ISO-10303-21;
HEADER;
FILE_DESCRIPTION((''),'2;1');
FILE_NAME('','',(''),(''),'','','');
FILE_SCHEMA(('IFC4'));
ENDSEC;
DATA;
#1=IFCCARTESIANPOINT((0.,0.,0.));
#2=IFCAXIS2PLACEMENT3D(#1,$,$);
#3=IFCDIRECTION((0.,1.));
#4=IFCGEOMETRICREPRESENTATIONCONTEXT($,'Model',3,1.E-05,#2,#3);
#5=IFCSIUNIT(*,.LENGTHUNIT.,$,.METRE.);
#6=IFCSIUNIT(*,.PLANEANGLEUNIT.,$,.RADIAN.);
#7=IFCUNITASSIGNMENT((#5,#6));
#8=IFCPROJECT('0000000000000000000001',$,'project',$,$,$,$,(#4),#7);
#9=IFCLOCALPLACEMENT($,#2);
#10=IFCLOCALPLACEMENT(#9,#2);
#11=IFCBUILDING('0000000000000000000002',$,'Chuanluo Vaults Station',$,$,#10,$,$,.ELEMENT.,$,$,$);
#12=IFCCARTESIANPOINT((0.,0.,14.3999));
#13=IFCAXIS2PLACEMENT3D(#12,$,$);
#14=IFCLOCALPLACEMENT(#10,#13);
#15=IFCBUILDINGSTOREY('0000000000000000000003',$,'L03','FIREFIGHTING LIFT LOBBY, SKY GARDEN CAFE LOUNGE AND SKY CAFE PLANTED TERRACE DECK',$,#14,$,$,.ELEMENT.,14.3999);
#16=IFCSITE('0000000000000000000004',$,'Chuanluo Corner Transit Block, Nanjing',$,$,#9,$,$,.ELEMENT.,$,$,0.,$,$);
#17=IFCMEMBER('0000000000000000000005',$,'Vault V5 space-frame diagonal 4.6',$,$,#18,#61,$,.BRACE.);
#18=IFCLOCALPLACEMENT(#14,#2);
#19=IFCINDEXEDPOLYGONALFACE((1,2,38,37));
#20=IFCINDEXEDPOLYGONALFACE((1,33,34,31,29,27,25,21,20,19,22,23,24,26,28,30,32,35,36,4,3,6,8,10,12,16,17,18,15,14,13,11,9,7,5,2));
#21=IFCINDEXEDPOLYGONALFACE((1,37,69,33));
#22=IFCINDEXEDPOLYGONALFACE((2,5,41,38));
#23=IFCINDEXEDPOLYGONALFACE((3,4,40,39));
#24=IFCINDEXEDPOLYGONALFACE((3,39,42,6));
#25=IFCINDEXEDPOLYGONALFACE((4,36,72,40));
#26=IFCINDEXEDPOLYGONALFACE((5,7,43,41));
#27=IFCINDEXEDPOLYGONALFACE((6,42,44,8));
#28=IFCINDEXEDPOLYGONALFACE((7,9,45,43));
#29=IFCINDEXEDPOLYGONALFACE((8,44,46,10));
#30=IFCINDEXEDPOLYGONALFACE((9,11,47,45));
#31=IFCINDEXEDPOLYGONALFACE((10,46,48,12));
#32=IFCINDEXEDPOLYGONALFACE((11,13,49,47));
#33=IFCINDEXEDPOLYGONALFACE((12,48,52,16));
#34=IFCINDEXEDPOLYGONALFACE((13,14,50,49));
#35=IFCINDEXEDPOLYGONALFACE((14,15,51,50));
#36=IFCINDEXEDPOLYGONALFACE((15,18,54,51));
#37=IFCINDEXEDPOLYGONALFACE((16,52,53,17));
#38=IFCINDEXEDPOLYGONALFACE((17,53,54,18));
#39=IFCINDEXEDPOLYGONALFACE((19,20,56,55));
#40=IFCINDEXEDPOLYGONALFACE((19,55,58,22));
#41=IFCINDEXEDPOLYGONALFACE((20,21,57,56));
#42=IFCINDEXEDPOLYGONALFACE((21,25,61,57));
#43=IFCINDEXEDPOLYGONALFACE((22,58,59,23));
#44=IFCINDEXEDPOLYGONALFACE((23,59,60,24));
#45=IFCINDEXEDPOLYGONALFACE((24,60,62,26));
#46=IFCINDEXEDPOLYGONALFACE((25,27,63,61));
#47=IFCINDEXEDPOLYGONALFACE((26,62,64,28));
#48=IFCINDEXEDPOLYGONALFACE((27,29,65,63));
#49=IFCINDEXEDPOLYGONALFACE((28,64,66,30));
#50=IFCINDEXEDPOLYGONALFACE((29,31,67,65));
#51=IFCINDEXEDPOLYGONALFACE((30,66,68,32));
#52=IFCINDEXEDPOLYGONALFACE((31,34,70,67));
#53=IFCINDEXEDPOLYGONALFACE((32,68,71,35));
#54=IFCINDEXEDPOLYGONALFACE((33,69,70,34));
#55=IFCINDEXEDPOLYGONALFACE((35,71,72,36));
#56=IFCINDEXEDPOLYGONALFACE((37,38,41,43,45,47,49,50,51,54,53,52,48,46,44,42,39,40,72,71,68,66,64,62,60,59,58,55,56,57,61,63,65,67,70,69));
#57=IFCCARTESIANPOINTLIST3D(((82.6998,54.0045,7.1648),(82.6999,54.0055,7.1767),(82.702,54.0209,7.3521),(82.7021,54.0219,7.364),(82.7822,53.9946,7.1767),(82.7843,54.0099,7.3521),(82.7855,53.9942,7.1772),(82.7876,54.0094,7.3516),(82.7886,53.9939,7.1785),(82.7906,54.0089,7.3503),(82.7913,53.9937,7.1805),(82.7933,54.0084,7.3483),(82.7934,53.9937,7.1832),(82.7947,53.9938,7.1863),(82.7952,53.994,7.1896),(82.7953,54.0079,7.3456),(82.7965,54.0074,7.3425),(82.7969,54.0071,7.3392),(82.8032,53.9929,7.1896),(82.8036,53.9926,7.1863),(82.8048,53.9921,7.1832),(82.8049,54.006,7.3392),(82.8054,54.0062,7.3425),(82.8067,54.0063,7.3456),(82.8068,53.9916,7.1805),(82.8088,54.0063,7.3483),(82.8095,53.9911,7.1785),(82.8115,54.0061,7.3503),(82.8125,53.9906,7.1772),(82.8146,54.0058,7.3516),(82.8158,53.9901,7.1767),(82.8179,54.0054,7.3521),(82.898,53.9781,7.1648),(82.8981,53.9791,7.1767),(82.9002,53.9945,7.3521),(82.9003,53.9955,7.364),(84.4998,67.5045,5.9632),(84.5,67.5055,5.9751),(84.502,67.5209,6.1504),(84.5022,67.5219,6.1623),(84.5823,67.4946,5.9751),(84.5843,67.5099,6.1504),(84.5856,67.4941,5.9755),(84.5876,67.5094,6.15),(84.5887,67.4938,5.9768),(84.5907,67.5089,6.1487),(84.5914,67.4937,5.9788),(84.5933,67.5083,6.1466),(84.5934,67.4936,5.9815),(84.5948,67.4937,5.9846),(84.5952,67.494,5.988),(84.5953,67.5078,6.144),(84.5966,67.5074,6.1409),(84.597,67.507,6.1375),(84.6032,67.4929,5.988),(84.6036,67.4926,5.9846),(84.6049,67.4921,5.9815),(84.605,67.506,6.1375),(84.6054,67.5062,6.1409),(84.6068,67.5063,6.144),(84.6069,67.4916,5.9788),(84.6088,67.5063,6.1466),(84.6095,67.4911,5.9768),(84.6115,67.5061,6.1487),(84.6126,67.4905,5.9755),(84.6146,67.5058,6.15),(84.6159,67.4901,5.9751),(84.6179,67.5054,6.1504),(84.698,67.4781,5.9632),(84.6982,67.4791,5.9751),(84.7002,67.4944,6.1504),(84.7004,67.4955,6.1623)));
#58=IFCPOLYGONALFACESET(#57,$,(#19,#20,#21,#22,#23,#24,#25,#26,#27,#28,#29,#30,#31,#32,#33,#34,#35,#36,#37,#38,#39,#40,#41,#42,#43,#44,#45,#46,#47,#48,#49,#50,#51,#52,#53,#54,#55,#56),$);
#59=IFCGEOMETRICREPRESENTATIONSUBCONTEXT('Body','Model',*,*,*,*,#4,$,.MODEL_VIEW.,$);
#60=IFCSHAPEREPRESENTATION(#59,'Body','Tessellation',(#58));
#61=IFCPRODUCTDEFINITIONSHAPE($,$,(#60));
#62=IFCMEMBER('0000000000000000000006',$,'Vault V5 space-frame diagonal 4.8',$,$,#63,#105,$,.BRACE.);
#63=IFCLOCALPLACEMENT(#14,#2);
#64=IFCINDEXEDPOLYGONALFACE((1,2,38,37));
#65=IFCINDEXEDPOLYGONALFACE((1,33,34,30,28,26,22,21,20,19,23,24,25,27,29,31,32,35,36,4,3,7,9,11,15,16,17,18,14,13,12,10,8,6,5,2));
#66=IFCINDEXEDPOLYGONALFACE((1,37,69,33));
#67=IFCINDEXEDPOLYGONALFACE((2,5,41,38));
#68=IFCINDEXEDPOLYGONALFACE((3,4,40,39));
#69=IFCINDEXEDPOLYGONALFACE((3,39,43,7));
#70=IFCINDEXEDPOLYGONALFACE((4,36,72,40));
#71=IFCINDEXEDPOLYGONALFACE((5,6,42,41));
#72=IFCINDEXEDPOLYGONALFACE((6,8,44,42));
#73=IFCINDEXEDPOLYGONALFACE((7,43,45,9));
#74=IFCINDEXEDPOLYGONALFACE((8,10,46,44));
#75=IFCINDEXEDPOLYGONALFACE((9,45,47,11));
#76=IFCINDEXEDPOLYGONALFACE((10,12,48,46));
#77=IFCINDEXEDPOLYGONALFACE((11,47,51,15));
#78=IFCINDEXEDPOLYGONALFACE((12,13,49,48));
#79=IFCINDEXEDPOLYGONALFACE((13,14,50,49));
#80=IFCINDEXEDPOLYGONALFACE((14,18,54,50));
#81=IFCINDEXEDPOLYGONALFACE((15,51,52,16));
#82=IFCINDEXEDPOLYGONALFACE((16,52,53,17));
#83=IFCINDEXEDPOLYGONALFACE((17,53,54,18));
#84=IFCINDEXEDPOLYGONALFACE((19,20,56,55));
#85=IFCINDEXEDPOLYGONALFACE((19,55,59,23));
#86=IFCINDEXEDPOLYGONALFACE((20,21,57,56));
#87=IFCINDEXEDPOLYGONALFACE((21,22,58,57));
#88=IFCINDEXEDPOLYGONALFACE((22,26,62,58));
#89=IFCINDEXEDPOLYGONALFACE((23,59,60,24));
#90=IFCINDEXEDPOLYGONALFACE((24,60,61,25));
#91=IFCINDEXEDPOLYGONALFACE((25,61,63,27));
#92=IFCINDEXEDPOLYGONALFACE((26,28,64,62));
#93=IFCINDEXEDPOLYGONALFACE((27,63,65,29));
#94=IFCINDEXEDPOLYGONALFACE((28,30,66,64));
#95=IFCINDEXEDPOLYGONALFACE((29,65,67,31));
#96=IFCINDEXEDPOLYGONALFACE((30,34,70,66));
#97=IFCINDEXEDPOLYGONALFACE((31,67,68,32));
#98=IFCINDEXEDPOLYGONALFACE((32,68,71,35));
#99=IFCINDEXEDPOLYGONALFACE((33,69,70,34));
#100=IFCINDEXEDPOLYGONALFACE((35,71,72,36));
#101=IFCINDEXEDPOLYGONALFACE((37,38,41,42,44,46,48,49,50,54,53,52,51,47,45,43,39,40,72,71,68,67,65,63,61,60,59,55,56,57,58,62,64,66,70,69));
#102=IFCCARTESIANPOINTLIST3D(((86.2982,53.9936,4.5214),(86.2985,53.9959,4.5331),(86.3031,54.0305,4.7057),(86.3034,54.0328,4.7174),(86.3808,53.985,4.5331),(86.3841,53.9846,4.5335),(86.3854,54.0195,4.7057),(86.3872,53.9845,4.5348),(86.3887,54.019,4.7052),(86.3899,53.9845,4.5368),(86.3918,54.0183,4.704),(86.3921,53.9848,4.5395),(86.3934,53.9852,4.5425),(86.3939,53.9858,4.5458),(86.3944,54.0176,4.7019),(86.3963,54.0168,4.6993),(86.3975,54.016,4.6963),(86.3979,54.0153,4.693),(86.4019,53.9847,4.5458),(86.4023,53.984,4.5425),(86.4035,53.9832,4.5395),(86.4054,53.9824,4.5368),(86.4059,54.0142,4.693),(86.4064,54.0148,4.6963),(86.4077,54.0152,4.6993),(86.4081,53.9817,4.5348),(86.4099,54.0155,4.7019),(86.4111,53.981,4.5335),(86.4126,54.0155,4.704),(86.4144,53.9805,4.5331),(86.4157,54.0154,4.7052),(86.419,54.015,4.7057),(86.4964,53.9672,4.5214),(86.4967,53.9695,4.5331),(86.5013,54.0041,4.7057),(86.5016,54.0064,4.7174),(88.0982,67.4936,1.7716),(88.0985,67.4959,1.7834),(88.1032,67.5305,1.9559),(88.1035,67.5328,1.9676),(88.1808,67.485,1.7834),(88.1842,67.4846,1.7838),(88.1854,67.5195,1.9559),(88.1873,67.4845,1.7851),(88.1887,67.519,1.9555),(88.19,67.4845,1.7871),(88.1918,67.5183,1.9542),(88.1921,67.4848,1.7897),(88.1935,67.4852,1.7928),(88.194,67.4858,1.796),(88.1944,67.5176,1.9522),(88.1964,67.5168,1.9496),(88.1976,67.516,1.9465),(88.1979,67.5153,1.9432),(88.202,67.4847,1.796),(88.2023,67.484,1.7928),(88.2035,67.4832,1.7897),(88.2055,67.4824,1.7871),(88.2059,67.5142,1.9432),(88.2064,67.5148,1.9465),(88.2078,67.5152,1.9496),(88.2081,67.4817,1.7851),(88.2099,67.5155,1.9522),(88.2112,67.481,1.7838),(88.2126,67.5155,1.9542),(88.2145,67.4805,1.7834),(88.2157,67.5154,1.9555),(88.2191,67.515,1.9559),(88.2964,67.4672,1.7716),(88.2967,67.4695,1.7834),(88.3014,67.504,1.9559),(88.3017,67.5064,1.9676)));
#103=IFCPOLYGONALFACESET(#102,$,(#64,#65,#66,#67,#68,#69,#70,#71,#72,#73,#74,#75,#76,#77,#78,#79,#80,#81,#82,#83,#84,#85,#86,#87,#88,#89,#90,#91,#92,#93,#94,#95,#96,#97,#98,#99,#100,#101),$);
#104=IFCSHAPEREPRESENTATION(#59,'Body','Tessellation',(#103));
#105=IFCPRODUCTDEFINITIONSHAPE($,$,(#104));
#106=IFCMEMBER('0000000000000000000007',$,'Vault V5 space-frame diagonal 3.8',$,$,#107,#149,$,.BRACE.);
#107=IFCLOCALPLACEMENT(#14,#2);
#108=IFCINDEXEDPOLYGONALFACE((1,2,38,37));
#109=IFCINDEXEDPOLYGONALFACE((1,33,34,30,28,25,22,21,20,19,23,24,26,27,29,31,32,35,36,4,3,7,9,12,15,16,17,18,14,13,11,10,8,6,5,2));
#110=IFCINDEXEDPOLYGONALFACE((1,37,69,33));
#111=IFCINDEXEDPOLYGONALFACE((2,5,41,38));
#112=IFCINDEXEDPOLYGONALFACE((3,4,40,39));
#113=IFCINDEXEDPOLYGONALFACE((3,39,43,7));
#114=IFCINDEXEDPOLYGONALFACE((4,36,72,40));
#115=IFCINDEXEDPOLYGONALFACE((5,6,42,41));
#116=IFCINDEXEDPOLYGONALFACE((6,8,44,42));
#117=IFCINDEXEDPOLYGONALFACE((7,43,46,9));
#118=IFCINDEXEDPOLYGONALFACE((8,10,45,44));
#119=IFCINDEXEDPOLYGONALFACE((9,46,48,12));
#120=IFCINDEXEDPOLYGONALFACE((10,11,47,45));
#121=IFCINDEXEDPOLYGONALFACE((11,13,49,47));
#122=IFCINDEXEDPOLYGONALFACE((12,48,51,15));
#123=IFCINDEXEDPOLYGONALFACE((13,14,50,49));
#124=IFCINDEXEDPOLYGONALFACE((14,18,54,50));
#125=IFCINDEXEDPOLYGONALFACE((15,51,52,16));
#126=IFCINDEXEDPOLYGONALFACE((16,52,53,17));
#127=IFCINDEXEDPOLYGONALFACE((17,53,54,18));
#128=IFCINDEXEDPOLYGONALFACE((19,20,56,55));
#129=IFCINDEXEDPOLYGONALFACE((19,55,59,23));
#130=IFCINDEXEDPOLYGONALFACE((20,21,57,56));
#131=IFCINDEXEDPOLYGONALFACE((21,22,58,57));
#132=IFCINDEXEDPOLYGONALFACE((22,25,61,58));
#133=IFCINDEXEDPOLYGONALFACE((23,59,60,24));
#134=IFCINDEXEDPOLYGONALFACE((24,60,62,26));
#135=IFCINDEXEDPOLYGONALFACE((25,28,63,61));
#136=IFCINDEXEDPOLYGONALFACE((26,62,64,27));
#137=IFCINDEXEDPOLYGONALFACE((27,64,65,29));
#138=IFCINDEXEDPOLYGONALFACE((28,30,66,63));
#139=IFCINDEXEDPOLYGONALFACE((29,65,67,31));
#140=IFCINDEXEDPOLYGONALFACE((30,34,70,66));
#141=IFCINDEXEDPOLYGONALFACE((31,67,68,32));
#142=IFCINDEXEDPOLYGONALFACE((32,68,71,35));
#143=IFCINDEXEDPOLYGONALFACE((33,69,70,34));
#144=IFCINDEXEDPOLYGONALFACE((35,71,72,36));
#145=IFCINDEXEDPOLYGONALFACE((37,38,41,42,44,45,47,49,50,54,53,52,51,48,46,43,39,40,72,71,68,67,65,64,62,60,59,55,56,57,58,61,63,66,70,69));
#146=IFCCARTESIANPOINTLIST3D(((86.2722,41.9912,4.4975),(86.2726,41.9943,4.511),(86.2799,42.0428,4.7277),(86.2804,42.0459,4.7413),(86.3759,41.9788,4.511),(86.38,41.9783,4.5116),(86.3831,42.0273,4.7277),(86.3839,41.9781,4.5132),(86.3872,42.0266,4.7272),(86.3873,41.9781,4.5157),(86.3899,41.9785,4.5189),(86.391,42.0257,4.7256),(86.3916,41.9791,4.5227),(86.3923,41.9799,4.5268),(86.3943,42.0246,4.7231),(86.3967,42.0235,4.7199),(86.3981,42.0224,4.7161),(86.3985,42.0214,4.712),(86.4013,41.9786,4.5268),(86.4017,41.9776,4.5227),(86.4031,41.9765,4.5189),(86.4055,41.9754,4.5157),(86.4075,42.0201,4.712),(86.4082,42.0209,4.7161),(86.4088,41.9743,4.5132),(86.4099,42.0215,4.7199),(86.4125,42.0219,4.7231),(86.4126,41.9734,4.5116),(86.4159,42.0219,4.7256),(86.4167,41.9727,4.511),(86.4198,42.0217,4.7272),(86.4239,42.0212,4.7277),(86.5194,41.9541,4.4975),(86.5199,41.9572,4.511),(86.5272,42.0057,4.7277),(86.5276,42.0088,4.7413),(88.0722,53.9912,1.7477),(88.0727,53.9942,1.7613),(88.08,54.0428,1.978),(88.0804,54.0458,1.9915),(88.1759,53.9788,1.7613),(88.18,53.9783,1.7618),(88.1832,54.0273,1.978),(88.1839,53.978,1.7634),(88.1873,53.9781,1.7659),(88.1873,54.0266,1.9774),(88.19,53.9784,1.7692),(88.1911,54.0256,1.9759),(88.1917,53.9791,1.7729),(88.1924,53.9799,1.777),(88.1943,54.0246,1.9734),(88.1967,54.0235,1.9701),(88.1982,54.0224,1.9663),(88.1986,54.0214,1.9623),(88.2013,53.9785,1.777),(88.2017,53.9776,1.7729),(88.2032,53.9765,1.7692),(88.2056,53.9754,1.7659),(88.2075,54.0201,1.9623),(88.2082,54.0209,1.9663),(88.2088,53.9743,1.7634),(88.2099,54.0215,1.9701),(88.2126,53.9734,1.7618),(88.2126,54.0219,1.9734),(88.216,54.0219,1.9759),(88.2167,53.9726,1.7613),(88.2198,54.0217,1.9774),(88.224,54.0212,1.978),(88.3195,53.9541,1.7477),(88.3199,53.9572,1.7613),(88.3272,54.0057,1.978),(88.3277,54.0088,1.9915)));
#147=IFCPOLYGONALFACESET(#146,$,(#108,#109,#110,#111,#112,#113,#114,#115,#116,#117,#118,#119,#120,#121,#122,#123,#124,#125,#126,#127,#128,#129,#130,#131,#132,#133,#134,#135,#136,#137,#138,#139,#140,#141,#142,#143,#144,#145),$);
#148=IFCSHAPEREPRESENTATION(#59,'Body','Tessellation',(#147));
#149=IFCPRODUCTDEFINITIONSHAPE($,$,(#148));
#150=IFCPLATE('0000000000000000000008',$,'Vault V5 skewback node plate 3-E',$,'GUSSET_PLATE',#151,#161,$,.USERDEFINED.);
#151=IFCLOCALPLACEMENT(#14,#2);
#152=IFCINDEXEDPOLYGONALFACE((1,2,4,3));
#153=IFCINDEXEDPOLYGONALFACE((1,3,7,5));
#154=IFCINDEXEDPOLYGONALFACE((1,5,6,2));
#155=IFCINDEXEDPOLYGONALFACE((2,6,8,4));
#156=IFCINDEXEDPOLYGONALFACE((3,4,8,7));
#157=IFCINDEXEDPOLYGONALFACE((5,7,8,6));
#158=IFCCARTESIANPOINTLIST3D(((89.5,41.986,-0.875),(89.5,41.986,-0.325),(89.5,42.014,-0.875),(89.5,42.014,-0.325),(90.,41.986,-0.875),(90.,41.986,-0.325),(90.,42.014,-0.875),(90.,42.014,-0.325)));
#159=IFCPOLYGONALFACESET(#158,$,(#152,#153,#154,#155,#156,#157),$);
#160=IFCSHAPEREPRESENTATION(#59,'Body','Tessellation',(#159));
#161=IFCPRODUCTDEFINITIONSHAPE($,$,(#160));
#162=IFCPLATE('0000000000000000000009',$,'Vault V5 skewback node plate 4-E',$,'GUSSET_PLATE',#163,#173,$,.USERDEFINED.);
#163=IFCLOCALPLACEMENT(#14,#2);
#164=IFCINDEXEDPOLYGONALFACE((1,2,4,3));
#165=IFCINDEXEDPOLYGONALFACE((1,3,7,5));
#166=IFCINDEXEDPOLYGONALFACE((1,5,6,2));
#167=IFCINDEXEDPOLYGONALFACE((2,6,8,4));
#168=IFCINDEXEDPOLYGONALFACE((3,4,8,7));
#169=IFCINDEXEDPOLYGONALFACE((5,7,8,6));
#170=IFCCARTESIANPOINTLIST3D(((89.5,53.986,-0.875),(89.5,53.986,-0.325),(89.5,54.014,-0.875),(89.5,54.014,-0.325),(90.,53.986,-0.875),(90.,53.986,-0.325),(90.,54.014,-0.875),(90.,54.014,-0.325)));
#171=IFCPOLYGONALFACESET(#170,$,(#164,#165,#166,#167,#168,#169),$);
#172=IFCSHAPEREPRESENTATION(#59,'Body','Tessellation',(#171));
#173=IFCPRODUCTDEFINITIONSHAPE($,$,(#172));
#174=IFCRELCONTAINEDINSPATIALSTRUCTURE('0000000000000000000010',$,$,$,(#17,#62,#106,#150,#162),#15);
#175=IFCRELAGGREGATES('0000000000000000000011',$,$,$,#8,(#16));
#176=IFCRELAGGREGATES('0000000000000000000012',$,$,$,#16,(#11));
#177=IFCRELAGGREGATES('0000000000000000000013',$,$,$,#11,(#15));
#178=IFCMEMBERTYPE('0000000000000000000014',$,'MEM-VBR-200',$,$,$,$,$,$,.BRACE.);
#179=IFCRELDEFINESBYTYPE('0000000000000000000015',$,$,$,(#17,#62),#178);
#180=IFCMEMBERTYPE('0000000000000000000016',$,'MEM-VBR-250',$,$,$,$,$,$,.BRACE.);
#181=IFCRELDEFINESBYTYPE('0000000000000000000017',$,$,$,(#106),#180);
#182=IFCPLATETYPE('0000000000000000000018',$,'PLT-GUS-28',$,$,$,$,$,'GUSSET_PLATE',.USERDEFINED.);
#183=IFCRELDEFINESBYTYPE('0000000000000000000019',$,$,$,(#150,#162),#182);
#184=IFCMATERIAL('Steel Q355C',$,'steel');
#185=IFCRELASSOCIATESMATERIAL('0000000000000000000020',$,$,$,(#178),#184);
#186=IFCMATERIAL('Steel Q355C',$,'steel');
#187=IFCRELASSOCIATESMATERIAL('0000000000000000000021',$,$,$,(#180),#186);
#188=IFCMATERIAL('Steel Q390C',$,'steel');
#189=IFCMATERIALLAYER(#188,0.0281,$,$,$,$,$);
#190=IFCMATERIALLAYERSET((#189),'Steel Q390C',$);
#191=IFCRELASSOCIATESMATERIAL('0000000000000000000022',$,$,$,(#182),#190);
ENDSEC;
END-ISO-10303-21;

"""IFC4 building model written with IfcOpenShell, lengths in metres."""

from ifc_helpers import new_model, si_unit, direction, frame, origin, origin_2d, place, context, subcontext, project, spatial, rectangle, i_section, extrude, material, layer, layer_set, material_profile, profile_set, type_object, element, save


model = new_model("IFC4")

# Units and contexts
model_context = context("Model", 3, precision=1e-05, world=origin(), true_north=direction((0.0, 1.0)))
body_context = subcontext(model_context, "Body", "Model", "MODEL_VIEW")
ifc_project = project(units=[si_unit("LENGTHUNIT", "METRE"), si_unit("PLANEANGLEUNIT", "RADIAN")], contexts=[model_context])

# Site, building, storey
site_placement = place(None, origin())
site = spatial("IfcSite", under=ifc_project, at=site_placement, Name="Chuanluo Corner Transit Block, Nanjing", CompositionType="ELEMENT", RefElevation=0.0)
building_placement = place(site_placement, origin())
building = spatial("IfcBuilding", under=site, at=building_placement, Name="Chuanluo Vaults Station", CompositionType="ELEMENT")
storey_placement = place(building_placement, frame((0.0, 0.0, 14.3999)))
storey = spatial("IfcBuildingStorey", under=building, at=storey_placement, Name="L03", Description="FIREFIGHTING LIFT LOBBY, SKY GARDEN CAFE LOUNGE AND SKY CAFE PLANTED TERRACE DECK", CompositionType="ELEMENT", Elevation=14.3999)

# Members
ifc_material_1 = material(Name="Steel Q355C", Category="steel")
ifc_material_profile_1 = material_profile(ifc_material_1, i_section(OverallWidth=0.2, OverallDepth=0.2, WebThickness=0.0081, FlangeThickness=0.012, FilletRadius=0.0129, at=origin_2d()))
ifc_profile_set_1 = profile_set([ifc_material_profile_1], Name="Steel Q355C")
member_type_1 = type_object("IfcMemberType", Name="MEM-VBR-200", PredefinedType="BRACE", material=ifc_profile_set_1)
member_1_placement = place(storey_placement, frame((82.8, 54.0, 7.2644), z_axis=(0.131656, 0.987392, -0.08789), x_axis=(-0.991227, 0.132167, 0.0)))
element("IfcMember", 1, at=member_1_placement, inside=storey, type_object=member_type_1, Name="Vault V5 space-frame diagonal 4.6", PredefinedType="BRACE", context=body_context, shape_type="SweptSolid", body=[
    extrude(i_section(OverallWidth=0.2, OverallDepth=0.2, WebThickness=0.0081, FlangeThickness=0.012, FilletRadius=0.0129, at=origin_2d()), origin(), (0.0, 0.0, 1.0), 13.6724),
])
member_2_placement = place(storey_placement, frame((86.3999, 54.0, 4.6194), z_axis=(0.129553, 0.971622, -0.197905), x_axis=(-0.991227, 0.132167, 0.0)))
element("IfcMember", 2, at=member_2_placement, inside=storey, type_object=member_type_1, Name="Vault V5 space-frame diagonal 4.8", PredefinedType="BRACE", context=body_context, shape_type="SweptSolid", body=[
    extrude(i_section(OverallWidth=0.2, OverallDepth=0.2, WebThickness=0.0081, FlangeThickness=0.012, FilletRadius=0.0129, at=origin_2d()), origin(), (0.0, 0.0, 1.0), 13.8943),
])
ifc_material_2 = material(Name="Steel Q355C", Category="steel")
ifc_material_profile_2 = material_profile(ifc_material_2, i_section(OverallWidth=0.25, OverallDepth=0.25, WebThickness=0.009, FlangeThickness=0.0139, FilletRadius=0.0161, at=origin_2d()))
ifc_profile_set_2 = profile_set([ifc_material_profile_2], Name="Steel Q355C")
member_type_2 = type_object("IfcMemberType", Name="MEM-VBR-250", PredefinedType="BRACE", material=ifc_profile_set_2)
member_3_placement = place(storey_placement, frame((86.3999, 42.0, 4.6194), z_axis=(0.144676, 0.964481, -0.221007), x_axis=(-0.988936, 0.148344, 0.0)))
element("IfcMember", 3, at=member_3_placement, inside=storey, type_object=member_type_2, Name="Vault V5 space-frame diagonal 3.8", PredefinedType="BRACE", context=body_context, shape_type="SweptSolid", body=[
    extrude(i_section(OverallWidth=0.25, OverallDepth=0.25, WebThickness=0.009, FlangeThickness=0.0139, FilletRadius=0.0161, at=origin_2d()), origin(), (0.0, 0.0, 1.0), 12.4419),
])

# Plates
ifc_material_3 = material(Name="Steel Q390C", Category="steel")
ifc_layer = layer(ifc_material_3, 0.0281)
ifc_layer_set = layer_set([ifc_layer], Name="Steel Q390C")
plate_type = type_object("IfcPlateType", Name="PLT-GUS-28", ElementType="GUSSET_PLATE", PredefinedType="USERDEFINED", material=ifc_layer_set)
for number, where, z_axis, x_axis, name in (
    (4, (89.75, 42.0, -0.875), (0.0, 0.0, 1.0), (1.0, 0.0, 0.0), "Vault V5 skewback node plate 3-E"),
    (5, (89.75, 54.0, -0.875), (0.0, 0.0, 1.0), (1.0, 0.0, 0.0), "Vault V5 skewback node plate 4-E"),
):
    element("IfcPlate", number, at=place(storey_placement, frame(where, z_axis=z_axis, x_axis=x_axis)), inside=storey, type_object=plate_type, Name=name, ObjectType="GUSSET_PLATE", PredefinedType="USERDEFINED", context=body_context, shape_type="SweptSolid", body=[
        extrude(rectangle(XDim=0.5, YDim=0.0281, at=origin_2d()), origin(), (0.0, 0.0, 1.0), 0.55),
    ])

save(model, "model.ifc")
